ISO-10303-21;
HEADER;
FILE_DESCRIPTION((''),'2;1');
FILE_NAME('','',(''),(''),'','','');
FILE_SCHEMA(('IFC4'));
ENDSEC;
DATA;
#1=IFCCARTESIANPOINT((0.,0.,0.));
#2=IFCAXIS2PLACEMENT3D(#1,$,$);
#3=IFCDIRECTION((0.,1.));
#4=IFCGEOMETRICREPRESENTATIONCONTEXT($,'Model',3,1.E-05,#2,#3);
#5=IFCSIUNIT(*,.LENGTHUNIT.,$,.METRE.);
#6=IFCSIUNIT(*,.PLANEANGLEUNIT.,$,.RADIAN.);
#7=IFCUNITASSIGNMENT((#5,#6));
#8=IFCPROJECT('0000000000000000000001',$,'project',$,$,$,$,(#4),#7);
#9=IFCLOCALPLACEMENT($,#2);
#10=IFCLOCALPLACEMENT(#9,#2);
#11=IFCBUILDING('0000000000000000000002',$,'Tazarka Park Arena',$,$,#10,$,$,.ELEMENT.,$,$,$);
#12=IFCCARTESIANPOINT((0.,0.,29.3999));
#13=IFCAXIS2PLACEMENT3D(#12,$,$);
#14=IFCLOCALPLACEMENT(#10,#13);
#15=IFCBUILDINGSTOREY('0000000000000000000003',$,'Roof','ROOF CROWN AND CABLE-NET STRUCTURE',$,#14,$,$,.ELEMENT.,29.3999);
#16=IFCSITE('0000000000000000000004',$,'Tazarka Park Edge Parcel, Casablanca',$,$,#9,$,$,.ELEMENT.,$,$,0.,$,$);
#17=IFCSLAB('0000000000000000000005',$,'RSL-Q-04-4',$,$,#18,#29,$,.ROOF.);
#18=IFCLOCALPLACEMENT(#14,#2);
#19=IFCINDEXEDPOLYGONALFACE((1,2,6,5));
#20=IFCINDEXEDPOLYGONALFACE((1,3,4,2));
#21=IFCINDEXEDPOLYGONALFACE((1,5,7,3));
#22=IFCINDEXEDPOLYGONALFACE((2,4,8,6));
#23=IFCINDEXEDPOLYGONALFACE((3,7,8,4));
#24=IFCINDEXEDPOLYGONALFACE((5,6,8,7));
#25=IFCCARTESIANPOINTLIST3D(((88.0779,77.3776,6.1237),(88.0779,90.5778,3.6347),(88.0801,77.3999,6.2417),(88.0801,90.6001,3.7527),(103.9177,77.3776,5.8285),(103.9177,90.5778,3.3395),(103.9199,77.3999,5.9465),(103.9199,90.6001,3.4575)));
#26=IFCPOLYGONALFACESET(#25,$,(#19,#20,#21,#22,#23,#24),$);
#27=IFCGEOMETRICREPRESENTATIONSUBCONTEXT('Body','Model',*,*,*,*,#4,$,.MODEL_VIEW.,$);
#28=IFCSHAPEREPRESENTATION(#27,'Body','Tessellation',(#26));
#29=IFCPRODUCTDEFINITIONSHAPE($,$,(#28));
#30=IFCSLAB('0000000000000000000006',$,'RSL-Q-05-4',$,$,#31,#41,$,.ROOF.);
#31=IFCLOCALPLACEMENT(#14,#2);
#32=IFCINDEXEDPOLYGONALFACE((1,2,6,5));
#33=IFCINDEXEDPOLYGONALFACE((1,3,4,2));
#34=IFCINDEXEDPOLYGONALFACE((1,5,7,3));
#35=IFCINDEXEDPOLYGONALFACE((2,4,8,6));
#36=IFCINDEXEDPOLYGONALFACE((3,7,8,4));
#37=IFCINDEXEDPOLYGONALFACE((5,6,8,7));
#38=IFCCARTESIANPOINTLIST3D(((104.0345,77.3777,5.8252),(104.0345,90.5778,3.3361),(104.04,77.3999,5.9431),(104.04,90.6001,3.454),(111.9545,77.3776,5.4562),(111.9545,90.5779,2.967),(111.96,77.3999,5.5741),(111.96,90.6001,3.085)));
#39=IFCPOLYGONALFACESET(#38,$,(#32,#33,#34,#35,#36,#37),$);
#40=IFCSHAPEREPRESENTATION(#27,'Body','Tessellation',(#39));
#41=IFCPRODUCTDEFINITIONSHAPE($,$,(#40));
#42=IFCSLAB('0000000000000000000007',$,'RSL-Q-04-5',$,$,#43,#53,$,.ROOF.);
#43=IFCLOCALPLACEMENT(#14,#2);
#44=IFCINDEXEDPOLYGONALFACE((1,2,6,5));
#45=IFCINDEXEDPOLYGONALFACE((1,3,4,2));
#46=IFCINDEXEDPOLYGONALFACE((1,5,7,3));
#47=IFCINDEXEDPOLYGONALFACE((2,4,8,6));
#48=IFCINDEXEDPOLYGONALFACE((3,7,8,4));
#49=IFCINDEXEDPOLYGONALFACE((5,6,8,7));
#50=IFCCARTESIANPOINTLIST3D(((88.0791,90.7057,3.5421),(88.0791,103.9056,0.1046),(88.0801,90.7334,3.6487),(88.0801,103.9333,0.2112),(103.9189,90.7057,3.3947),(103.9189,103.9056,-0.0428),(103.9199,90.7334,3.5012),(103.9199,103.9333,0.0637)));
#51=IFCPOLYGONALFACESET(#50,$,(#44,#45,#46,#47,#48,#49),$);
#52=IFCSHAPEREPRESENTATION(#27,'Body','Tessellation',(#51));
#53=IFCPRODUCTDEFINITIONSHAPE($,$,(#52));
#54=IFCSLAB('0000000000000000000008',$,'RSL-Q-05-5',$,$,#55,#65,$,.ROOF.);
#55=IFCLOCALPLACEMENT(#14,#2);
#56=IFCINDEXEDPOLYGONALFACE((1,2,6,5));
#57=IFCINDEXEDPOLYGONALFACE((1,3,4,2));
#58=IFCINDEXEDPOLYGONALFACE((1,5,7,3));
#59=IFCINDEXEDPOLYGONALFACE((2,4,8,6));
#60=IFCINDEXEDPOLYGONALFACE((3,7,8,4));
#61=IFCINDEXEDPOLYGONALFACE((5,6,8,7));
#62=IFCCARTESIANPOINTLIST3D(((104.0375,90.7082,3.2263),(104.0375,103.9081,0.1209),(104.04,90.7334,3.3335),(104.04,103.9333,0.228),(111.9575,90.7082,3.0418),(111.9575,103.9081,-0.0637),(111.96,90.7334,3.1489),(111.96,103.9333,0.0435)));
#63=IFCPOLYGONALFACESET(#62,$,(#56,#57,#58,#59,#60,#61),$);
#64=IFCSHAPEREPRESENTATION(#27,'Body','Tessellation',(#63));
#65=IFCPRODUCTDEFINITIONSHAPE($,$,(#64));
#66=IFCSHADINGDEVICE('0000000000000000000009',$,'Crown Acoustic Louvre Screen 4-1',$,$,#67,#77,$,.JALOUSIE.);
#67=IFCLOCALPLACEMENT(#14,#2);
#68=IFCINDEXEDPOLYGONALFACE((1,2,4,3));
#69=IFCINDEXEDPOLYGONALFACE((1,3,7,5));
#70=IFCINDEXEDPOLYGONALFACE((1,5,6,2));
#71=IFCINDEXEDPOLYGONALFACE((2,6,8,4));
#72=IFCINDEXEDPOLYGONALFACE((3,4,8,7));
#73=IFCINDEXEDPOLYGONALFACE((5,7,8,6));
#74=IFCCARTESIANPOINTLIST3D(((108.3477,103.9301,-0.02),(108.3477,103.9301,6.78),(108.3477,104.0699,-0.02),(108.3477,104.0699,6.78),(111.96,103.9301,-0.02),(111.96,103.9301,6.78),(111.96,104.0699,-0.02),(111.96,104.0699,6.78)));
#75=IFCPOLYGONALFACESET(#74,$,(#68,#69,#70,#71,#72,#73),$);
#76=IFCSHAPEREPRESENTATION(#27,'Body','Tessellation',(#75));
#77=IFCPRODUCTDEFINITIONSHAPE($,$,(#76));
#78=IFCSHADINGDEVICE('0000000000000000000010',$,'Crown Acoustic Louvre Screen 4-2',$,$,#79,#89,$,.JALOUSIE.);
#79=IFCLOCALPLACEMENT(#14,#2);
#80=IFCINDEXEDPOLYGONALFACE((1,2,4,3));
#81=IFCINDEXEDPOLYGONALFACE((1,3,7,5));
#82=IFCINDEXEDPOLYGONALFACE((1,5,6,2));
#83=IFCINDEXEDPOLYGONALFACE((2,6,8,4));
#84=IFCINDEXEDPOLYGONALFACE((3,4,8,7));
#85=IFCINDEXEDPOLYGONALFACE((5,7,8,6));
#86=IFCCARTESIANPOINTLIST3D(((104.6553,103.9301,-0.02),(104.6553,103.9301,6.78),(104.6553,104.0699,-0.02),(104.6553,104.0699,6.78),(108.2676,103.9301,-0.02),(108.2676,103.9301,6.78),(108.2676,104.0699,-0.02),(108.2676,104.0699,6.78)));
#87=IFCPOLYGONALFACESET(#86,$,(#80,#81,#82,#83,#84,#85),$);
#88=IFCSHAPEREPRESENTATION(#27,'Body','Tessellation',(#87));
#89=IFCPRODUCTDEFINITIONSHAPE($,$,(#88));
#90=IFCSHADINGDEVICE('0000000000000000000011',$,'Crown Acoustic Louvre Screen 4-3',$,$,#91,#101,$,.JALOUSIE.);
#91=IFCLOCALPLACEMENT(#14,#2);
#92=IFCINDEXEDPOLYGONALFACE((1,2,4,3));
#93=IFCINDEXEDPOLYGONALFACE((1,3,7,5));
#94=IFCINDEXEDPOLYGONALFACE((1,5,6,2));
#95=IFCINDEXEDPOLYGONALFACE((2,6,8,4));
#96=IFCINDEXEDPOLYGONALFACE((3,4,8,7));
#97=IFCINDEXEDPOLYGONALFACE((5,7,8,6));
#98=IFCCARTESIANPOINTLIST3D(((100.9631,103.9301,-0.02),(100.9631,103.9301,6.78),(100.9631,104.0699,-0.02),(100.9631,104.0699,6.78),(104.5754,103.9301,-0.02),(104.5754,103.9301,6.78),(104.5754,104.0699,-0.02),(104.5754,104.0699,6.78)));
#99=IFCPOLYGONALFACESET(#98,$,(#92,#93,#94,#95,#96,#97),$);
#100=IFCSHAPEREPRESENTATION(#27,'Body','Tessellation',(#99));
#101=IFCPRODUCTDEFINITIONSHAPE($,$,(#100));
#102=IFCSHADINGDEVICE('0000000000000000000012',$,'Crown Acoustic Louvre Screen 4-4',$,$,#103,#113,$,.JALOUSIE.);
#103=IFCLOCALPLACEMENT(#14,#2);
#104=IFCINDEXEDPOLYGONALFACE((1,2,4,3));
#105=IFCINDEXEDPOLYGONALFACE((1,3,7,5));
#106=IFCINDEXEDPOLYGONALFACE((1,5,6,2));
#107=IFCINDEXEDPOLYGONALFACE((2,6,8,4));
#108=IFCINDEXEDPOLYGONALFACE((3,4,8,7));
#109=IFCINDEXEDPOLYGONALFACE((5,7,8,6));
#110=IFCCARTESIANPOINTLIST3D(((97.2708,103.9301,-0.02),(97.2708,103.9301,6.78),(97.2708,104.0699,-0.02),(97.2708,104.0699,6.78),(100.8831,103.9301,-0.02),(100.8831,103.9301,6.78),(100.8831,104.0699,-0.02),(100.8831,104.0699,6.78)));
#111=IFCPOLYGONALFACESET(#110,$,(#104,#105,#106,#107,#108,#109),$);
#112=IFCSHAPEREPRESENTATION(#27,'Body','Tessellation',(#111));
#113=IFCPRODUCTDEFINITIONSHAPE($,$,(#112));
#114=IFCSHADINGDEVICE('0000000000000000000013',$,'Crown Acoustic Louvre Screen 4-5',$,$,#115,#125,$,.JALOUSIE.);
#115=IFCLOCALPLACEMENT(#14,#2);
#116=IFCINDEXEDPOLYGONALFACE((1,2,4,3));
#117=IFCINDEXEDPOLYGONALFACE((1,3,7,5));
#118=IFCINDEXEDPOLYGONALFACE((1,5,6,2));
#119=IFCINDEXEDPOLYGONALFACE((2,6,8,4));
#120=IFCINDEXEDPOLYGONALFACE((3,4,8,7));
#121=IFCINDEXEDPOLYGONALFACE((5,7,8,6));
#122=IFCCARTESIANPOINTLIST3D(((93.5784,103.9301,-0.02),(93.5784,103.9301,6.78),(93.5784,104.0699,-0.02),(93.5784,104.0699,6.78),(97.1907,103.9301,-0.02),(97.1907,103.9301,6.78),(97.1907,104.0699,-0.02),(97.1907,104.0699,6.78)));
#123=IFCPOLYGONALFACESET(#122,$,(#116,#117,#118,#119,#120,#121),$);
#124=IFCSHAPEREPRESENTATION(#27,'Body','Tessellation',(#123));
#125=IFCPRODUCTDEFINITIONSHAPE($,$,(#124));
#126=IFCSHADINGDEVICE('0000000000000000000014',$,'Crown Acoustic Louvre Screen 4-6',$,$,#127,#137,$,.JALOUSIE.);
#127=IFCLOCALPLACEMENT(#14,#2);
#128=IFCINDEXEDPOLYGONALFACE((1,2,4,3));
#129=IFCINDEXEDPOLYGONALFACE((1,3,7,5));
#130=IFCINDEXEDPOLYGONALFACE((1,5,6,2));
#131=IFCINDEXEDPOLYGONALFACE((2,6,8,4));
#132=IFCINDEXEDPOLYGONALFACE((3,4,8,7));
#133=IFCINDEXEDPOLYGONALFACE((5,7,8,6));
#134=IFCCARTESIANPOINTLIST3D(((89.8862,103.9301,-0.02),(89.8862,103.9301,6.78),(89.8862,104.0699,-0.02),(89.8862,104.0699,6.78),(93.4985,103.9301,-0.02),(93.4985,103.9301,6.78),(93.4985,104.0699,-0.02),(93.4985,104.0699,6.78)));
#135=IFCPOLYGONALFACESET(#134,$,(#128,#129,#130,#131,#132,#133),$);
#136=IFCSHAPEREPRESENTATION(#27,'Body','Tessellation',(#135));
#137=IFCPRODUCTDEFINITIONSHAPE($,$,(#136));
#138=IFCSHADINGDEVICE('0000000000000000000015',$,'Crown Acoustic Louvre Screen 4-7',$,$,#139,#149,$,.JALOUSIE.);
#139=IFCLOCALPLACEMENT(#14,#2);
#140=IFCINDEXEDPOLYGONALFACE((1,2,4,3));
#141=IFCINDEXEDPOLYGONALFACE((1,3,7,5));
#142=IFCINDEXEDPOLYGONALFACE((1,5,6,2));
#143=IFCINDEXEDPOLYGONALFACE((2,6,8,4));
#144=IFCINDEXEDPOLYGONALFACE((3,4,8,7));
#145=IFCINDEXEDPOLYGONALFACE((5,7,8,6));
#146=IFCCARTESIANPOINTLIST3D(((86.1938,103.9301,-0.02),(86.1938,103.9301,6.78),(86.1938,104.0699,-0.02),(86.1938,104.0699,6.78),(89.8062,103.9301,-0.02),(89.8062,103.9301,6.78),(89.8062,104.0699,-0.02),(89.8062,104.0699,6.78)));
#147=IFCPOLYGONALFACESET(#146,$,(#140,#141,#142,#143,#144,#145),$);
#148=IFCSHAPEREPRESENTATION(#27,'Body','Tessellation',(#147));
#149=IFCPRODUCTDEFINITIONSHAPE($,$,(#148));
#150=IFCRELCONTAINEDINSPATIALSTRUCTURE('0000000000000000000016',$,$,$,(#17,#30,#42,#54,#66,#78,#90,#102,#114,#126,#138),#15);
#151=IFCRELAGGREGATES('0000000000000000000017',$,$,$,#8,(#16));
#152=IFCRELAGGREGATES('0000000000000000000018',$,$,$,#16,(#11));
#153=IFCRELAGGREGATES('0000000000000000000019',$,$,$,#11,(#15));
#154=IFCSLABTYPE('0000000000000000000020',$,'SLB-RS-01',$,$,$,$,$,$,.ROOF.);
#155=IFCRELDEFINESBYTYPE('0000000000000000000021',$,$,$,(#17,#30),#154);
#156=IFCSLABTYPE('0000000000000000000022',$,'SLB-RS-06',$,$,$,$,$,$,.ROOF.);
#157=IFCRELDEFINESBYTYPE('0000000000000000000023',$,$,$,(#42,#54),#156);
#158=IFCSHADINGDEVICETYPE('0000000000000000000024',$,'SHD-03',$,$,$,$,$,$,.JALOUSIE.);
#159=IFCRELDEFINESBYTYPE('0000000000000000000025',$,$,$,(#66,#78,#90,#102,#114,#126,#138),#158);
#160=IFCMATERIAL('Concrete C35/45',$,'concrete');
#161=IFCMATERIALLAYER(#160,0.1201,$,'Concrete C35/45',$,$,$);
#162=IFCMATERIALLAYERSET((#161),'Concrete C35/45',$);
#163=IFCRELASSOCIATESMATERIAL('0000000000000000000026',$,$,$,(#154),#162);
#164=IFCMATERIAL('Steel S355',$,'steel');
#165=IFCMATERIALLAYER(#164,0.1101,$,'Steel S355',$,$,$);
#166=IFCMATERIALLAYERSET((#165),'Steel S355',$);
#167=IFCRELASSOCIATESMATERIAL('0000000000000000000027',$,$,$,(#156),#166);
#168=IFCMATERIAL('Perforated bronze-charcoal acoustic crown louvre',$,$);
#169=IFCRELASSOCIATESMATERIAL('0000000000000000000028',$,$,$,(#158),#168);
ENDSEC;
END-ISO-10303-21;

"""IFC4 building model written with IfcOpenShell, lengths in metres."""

from ifc_helpers import new_model, si_unit, direction, frame, origin, origin_2d, place, context, subcontext, project, spatial, polyline, rectangle, outline, extrude, material, layer, layer_set, type_object, element, save


model = new_model("IFC4")

# Units and contexts
model_context = context("Model", 3, precision=1e-05, world=origin(), true_north=direction((0.0, 1.0)))
body_context = subcontext(model_context, "Body", "Model", "MODEL_VIEW")
ifc_project = project(units=[si_unit("LENGTHUNIT", "METRE"), si_unit("PLANEANGLEUNIT", "RADIAN")], contexts=[model_context])

# Site, building, storey
site_placement = place(None, origin())
site = spatial("IfcSite", under=ifc_project, at=site_placement, Name="Tazarka Park Edge Parcel, Casablanca", CompositionType="ELEMENT", RefElevation=0.0)
building_placement = place(site_placement, origin())
building = spatial("IfcBuilding", under=site, at=building_placement, Name="Tazarka Park Arena", CompositionType="ELEMENT")
storey_placement = place(building_placement, frame((0.0, 0.0, 29.3999)))
storey = spatial("IfcBuildingStorey", under=building, at=storey_placement, Name="Roof", Description="ROOF CROWN AND CABLE-NET STRUCTURE", CompositionType="ELEMENT", Elevation=29.3999)

# Slabs
ifc_material_1 = material(Name="Concrete C35/45", Category="concrete")
ifc_layer_1 = layer(ifc_material_1, 0.1201, Name="Concrete C35/45")
ifc_layer_set_1 = layer_set([ifc_layer_1], Name="Concrete C35/45")
slab_type_1 = type_object("IfcSlabType", Name="SLB-RS-01", PredefinedType="ROOF", material=ifc_layer_set_1)
slab_1_placement = place(storey_placement, frame((88.0801, 77.3999, 6.2417), z_axis=(0.018309, 0.185263, 0.982518), x_axis=(0.999826, 0.0, -0.018631)))
element("IfcSlab", 1, at=slab_1_placement, inside=storey, type_object=slab_type_1, Name="RSL-Q-04-4", PredefinedType="ROOF", context=body_context, shape_type="SweptSolid", body=[
    extrude(outline(polyline([(0.0, 0.0), (15.8426, 0.0), (15.889, 13.4327), (0.0464, 13.4327), (0.0, 0.0)])), origin(), (0.0, 0.0, -1.0), 0.1201),
])
slab_2_placement = place(storey_placement, frame((104.04, 77.3999, 5.9431), z_axis=(0.045739, 0.185108, 0.981653), x_axis=(0.998916, -0.000003, -0.046543)))
element("IfcSlab", 2, at=slab_2_placement, inside=storey, type_object=slab_type_1, Name="RSL-Q-05-4", PredefinedType="ROOF", context=body_context, shape_type="SweptSolid", body=[
    extrude(outline(polyline([(0.0, 0.0), (7.9285, 0.0), (8.0443, 13.4324), (0.1158, 13.4323), (0.0, 0.0)])), origin(), (0.0, 0.0, -1.0), 0.1201),
])
ifc_material_2 = material(Name="Steel S355", Category="steel")
ifc_layer_2 = layer(ifc_material_2, 0.1101, Name="Steel S355")
ifc_layer_set_2 = layer_set([ifc_layer_2], Name="Steel S355")
slab_type_2 = type_object("IfcSlabType", Name="SLB-RS-06", PredefinedType="ROOF", material=ifc_layer_set_2)
slab_3_placement = place(storey_placement, frame((88.0801, 90.7334, 3.6487), z_axis=(0.009009, 0.252002, 0.967685), x_axis=(0.999957, 0.0, -0.009309)))
element("IfcSlab", 3, at=slab_3_placement, inside=storey, type_object=slab_type_2, Name="RSL-Q-04-5", PredefinedType="ROOF", context=body_context, shape_type="SweptSolid", body=[
    extrude(outline(polyline([(0.0, 0.0), (15.8405, 0.0), (15.8725, 13.6402), (0.032, 13.6402), (0.0, 0.0)])), origin(), (0.0, 0.0, -1.0), 0.1101),
])
slab_4_placement = place(storey_placement, frame((104.04, 90.7334, 3.3335), z_axis=(0.022679, 0.228952, 0.973173), x_axis=(0.999729, 0.0, -0.023298)))
element("IfcSlab", 4, at=slab_4_placement, inside=storey, type_object=slab_type_2, Name="RSL-Q-05-5", PredefinedType="ROOF", context=body_context, shape_type="SweptSolid", body=[
    extrude(outline(polyline([(0.0, 0.0), (7.9221, 0.0), (7.9944, 13.5601), (0.0724, 13.5601), (0.0, 0.0)])), origin(), (0.0, 0.0, -1.0), 0.1101),
])

# Shading devices
ifc_material_3 = material(Name="Perforated bronze-charcoal acoustic crown louvre")
shading_device_type = type_object("IfcShadingDeviceType", Name="SHD-03", PredefinedType="JALOUSIE", material=ifc_material_3)
for number, where, z_axis, x_axis, name in (
    (5, (110.1538, 104.0, -0.02), (0.0, 0.0, 1.0), (-1.0, 0.0, 0.0), "Crown Acoustic Louvre Screen 4-1"),
    (6, (106.4614, 104.0, -0.02), (0.0, 0.0, 1.0), (-1.0, 0.0, 0.0), "Crown Acoustic Louvre Screen 4-2"),
    (7, (102.7693, 104.0, -0.02), (0.0, 0.0, 1.0), (-1.0, 0.0, 0.0), "Crown Acoustic Louvre Screen 4-3"),
    (8, (99.0769, 104.0, -0.02), (0.0, 0.0, 1.0), (-1.0, 0.0, 0.0), "Crown Acoustic Louvre Screen 4-4"),
    (9, (95.3845, 104.0, -0.02), (0.0, 0.0, 1.0), (-1.0, 0.0, 0.0), "Crown Acoustic Louvre Screen 4-5"),
    (10, (91.6924, 104.0, -0.02), (0.0, 0.0, 1.0), (-1.0, 0.0, 0.0), "Crown Acoustic Louvre Screen 4-6"),
    (11, (88.0, 104.0, -0.02), (0.0, 0.0, 1.0), (-1.0, 0.0, 0.0), "Crown Acoustic Louvre Screen 4-7"),
):
    element("IfcShadingDevice", number, at=place(storey_placement, frame(where, z_axis=z_axis, x_axis=x_axis)), inside=storey, type_object=shading_device_type, Name=name, PredefinedType="JALOUSIE", context=body_context, shape_type="SweptSolid", body=[
        extrude(rectangle(XDim=3.6123, YDim=0.1399, at=origin_2d()), origin(), (0.0, 0.0, 1.0), 6.8),
    ])

save(model, "model.ifc")
